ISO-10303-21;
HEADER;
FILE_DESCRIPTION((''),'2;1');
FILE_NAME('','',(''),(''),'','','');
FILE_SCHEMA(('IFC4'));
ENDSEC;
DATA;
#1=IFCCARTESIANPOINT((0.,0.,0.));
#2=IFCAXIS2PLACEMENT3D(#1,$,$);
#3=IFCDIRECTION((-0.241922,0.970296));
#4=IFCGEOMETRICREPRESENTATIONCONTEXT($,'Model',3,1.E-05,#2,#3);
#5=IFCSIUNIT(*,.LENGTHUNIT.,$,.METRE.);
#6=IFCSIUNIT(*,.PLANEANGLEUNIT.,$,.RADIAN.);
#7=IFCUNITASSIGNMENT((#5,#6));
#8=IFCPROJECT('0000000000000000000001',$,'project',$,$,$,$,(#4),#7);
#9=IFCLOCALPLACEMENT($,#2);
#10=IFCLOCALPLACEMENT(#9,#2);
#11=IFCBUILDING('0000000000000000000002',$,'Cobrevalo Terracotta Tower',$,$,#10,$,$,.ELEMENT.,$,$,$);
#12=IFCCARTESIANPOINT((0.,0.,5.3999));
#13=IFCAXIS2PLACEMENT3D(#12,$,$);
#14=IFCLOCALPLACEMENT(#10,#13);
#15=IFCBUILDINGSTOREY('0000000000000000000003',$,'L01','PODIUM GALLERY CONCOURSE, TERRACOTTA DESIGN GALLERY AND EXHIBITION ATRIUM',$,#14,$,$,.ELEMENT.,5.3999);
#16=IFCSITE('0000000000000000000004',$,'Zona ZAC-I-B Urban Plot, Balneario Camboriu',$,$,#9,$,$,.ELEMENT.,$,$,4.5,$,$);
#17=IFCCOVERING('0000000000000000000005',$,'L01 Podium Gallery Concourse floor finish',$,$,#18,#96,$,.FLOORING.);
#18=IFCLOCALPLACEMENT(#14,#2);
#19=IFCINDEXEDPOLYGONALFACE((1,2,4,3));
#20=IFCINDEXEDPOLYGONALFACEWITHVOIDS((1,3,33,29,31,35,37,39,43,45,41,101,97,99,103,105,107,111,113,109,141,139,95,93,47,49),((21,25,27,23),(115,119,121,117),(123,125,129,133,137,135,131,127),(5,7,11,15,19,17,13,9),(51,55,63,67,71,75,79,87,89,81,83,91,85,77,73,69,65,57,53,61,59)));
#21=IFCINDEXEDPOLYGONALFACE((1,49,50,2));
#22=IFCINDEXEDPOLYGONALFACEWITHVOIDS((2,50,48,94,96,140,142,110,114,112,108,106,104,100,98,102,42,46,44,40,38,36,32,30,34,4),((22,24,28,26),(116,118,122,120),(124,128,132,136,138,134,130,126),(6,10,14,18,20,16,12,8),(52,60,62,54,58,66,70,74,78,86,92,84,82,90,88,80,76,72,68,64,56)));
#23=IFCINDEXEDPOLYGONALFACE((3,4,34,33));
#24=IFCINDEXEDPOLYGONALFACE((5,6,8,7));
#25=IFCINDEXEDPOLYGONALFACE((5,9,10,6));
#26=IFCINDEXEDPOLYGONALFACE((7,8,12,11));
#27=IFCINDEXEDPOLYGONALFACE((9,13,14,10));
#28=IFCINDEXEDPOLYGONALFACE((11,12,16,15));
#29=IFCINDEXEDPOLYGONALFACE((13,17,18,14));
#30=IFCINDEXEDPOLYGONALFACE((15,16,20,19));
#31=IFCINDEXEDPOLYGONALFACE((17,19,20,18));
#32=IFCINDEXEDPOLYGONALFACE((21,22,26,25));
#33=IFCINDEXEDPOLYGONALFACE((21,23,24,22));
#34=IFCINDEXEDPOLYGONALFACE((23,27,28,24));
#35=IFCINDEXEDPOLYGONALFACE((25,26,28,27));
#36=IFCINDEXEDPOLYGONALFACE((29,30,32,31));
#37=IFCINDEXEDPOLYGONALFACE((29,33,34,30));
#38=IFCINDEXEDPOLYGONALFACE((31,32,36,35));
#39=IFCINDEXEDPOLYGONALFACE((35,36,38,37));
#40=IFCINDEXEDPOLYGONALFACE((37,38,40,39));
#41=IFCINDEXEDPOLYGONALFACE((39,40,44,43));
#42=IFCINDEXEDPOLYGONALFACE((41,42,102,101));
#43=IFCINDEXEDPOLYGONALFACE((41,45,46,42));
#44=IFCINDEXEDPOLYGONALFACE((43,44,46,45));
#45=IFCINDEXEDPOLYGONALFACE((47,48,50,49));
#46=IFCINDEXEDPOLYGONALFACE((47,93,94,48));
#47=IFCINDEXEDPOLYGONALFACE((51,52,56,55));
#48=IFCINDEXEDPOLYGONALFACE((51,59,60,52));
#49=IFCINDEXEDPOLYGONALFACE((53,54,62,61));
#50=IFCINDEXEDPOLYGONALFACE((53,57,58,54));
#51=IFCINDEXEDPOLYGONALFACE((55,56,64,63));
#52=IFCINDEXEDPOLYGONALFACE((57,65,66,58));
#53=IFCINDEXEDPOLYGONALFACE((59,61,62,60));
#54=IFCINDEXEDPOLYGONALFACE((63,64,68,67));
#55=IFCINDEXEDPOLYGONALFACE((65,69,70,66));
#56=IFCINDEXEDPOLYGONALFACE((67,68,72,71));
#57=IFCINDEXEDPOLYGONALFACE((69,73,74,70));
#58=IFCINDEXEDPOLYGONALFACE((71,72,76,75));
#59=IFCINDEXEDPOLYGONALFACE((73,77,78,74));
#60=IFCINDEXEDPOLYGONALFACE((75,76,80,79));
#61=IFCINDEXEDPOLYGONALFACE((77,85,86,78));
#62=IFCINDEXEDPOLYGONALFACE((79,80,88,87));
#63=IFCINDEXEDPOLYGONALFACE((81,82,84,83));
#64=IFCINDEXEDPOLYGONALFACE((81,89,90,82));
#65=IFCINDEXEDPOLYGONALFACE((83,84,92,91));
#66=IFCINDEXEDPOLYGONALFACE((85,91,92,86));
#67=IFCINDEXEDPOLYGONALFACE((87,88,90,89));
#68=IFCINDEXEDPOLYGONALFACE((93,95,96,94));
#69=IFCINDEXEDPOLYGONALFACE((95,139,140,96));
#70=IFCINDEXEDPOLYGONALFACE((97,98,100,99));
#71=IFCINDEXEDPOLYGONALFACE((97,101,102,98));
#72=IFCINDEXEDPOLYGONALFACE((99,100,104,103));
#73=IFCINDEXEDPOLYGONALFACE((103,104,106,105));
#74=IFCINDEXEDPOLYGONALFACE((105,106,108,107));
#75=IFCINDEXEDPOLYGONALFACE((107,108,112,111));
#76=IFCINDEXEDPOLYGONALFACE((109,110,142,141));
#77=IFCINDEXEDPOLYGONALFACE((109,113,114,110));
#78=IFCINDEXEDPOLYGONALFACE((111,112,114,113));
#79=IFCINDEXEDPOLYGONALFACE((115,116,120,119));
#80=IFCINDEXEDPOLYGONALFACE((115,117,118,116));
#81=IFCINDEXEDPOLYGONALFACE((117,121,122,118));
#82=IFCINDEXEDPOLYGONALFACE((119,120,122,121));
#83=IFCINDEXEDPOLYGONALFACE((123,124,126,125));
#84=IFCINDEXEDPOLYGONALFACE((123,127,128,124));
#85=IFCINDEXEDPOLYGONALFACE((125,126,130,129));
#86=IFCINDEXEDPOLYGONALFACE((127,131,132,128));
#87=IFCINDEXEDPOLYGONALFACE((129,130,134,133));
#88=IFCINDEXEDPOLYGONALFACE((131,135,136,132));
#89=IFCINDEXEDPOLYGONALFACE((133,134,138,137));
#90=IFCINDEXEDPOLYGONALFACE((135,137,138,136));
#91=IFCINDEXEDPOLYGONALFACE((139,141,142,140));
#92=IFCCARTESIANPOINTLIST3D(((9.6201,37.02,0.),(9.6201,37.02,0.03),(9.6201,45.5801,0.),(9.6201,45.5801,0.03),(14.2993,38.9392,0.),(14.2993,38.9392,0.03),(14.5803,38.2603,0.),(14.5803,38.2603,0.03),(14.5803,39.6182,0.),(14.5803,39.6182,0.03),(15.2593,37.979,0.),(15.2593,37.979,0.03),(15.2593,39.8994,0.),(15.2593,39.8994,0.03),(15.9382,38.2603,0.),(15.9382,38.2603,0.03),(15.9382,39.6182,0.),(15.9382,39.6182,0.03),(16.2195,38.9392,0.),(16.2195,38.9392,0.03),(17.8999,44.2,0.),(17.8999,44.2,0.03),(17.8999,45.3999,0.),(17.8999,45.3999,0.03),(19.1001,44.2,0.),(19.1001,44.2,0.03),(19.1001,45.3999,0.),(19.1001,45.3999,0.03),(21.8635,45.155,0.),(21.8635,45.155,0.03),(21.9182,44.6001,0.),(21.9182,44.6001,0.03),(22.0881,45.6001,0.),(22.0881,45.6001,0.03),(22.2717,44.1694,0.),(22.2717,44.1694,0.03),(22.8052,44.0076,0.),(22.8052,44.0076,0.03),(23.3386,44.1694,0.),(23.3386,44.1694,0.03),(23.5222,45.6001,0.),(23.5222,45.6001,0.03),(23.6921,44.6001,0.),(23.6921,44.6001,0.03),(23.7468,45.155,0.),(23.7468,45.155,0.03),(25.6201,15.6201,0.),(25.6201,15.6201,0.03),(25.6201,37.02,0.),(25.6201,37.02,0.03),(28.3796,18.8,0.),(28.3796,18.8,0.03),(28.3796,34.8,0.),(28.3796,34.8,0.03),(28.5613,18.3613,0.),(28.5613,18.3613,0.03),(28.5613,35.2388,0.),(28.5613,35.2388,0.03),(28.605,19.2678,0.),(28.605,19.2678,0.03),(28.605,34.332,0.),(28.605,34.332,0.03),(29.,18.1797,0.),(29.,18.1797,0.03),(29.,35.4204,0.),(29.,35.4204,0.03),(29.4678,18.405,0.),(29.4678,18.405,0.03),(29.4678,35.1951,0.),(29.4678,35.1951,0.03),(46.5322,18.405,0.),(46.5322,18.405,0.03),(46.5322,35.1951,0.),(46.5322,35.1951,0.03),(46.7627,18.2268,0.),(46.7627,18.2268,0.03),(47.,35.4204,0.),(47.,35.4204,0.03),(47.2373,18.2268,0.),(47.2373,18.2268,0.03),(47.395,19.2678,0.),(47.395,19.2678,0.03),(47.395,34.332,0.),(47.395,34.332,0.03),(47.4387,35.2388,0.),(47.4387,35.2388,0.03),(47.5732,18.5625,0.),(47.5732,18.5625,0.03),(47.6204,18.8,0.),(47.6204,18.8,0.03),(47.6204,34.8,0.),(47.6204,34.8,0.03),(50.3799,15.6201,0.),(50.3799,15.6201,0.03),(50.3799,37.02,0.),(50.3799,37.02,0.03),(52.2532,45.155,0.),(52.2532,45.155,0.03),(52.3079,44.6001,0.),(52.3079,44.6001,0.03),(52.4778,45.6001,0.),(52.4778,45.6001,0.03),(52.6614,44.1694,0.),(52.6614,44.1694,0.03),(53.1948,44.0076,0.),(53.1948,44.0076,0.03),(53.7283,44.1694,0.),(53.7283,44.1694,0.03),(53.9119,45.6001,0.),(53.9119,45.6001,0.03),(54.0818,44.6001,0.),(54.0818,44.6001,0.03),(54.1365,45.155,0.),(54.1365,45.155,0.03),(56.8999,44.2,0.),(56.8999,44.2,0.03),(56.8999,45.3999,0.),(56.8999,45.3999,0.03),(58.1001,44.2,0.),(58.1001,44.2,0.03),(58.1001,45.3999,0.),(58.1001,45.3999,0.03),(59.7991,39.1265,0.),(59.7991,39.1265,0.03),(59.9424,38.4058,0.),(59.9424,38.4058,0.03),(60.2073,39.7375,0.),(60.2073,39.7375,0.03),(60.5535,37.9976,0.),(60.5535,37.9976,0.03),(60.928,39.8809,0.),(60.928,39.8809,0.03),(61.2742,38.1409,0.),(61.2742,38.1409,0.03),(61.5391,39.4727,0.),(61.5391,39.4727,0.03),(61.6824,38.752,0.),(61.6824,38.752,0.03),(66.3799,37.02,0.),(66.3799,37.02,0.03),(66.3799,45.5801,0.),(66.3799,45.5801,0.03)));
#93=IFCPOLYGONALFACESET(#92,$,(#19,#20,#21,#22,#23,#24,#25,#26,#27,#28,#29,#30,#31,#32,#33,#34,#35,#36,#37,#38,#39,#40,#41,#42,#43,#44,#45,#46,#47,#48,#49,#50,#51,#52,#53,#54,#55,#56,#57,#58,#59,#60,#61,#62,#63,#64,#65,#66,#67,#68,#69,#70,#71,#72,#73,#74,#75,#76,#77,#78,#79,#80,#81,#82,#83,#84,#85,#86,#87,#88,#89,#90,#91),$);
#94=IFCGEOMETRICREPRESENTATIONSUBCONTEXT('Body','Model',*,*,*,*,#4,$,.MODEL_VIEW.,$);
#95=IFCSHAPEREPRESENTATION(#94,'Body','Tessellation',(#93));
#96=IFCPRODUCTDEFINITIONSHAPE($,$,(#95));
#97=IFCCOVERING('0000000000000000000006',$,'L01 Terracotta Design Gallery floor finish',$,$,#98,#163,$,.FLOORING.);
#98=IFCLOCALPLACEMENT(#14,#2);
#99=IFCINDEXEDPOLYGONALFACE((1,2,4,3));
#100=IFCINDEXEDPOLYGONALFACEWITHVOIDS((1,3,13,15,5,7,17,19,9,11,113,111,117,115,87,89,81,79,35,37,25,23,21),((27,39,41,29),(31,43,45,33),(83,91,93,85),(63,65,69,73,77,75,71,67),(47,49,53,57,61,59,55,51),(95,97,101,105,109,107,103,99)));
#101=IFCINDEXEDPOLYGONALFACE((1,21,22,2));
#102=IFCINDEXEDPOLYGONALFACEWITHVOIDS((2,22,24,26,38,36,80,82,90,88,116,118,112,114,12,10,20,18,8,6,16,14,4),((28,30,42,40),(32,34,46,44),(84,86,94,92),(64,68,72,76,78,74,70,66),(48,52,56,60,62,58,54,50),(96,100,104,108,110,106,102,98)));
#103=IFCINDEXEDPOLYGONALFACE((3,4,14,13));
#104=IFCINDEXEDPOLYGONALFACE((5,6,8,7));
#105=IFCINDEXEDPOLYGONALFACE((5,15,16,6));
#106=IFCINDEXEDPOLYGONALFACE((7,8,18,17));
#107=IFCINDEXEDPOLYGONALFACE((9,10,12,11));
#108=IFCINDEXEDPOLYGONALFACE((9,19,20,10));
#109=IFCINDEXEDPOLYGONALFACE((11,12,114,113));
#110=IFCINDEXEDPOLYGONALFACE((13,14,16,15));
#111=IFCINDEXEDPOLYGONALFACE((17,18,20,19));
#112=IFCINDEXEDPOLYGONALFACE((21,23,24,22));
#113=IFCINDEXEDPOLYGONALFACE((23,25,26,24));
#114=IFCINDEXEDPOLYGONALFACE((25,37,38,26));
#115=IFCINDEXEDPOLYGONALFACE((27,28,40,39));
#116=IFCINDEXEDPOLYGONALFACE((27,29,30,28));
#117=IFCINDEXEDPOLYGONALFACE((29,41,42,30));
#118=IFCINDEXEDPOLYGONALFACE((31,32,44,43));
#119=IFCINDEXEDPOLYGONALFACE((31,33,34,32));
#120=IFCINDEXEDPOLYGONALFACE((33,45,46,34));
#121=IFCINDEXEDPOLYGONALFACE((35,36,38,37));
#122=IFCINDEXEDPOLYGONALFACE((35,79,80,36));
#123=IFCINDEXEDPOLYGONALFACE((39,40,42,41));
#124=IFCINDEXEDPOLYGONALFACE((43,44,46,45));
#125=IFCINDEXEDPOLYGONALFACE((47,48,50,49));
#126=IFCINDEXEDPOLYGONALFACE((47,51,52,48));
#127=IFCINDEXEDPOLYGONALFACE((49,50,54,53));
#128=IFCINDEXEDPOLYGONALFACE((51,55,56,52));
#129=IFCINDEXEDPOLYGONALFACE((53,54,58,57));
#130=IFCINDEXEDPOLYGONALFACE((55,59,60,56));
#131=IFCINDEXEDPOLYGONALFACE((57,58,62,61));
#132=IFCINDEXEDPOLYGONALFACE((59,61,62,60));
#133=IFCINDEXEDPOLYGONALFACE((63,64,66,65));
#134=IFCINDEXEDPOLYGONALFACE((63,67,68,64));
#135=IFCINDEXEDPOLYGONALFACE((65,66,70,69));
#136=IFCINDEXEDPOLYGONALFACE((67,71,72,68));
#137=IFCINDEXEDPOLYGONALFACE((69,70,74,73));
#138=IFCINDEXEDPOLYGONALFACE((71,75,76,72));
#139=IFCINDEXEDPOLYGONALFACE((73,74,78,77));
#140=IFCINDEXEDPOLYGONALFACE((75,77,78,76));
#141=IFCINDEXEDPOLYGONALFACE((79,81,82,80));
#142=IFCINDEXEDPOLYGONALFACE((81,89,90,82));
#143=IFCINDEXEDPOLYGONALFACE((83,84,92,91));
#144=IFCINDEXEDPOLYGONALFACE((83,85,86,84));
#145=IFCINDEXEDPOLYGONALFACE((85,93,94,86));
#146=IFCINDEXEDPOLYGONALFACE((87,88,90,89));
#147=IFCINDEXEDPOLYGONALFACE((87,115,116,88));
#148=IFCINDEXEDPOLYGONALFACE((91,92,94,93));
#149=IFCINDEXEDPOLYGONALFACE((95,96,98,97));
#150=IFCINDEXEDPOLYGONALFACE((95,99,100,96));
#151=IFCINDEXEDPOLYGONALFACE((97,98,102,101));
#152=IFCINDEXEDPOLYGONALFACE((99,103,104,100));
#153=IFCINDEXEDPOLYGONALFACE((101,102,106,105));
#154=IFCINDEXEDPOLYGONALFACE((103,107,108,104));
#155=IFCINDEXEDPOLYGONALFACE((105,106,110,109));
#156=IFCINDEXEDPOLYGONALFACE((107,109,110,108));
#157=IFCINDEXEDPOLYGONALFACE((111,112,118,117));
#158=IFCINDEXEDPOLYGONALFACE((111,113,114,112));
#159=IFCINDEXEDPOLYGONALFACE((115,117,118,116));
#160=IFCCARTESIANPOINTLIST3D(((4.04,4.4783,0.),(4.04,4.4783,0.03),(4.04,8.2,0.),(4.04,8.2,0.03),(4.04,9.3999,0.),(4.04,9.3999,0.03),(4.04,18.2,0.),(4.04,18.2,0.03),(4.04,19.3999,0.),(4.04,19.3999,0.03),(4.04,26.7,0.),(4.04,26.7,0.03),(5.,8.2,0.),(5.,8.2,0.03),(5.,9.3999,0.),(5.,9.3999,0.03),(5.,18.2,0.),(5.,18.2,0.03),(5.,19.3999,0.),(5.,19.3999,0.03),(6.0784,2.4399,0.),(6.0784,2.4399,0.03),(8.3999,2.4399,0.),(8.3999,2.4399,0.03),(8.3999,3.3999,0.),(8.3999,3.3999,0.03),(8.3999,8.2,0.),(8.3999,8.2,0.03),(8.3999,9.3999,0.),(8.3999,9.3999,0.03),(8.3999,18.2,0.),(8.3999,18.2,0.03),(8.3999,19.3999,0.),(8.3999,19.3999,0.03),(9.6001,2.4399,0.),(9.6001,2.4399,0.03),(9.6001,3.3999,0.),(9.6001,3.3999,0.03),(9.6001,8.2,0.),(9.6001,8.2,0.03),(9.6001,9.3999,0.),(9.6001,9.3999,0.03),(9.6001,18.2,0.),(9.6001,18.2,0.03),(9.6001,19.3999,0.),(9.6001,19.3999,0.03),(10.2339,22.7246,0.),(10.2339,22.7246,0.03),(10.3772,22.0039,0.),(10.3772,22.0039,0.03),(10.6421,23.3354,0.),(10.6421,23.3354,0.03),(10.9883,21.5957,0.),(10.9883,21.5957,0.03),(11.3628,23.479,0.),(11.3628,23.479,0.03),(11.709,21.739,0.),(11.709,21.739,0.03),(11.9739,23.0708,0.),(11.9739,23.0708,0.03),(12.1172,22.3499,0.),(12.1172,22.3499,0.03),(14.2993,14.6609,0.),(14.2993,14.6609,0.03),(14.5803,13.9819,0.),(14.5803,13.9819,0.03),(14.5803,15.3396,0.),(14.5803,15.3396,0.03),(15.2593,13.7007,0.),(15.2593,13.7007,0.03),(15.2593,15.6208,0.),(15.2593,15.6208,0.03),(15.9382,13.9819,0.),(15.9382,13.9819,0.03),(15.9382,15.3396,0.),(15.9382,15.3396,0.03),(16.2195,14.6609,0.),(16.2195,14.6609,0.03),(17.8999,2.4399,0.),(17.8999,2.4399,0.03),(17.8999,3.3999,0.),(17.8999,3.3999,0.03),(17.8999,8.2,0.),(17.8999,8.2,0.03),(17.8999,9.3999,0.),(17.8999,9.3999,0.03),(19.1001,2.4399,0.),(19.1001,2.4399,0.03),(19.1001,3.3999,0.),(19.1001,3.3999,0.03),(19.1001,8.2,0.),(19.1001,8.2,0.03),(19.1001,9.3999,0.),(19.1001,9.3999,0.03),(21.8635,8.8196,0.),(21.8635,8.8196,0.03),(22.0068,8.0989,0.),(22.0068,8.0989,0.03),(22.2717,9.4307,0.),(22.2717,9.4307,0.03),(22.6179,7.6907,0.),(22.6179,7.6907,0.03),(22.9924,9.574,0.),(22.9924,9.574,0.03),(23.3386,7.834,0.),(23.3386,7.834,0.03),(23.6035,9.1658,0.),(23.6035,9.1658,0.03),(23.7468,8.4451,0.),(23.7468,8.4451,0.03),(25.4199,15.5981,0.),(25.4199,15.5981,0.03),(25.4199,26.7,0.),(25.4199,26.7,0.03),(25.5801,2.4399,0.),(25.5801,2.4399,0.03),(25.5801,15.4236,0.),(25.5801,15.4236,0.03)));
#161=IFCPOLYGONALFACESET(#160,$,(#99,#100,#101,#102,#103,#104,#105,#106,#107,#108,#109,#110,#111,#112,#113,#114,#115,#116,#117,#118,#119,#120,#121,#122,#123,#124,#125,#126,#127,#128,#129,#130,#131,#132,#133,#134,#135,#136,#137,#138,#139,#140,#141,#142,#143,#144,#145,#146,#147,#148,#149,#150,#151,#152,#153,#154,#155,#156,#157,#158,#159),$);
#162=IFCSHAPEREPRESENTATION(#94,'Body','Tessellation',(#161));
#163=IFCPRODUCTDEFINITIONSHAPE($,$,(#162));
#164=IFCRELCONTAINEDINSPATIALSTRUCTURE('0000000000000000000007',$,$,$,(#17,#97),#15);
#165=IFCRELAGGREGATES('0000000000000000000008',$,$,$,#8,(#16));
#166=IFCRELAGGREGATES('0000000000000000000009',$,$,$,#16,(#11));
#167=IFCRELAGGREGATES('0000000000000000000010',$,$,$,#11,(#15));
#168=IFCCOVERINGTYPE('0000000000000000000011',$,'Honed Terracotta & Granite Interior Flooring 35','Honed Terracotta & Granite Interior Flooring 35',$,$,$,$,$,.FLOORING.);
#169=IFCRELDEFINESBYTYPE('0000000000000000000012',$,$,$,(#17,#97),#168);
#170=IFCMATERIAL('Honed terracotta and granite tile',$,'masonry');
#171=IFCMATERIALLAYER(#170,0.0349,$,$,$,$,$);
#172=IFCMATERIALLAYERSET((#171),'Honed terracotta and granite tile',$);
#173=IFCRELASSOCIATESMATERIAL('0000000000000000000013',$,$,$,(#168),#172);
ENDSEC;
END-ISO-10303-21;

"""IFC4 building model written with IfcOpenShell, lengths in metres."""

from ifc_helpers import new_model, si_unit, direction, frame, origin, place, context, subcontext, project, spatial, polyline, outline, extrude, material, layer, layer_set, type_object, element, save


model = new_model("IFC4")

# Units and contexts
model_context = context("Model", 3, precision=1e-05, world=origin(), true_north=direction((-0.241922, 0.970296)))
body_context = subcontext(model_context, "Body", "Model", "MODEL_VIEW")
ifc_project = project(units=[si_unit("LENGTHUNIT", "METRE"), si_unit("PLANEANGLEUNIT", "RADIAN")], contexts=[model_context])

# Site, building, storey
site_placement = place(None, origin())
site = spatial("IfcSite", under=ifc_project, at=site_placement, Name="Zona ZAC-I-B Urban Plot, Balneario Camboriu", CompositionType="ELEMENT", RefElevation=4.5)
building_placement = place(site_placement, origin())
building = spatial("IfcBuilding", under=site, at=building_placement, Name="Cobrevalo Terracotta Tower", CompositionType="ELEMENT")
storey_placement = place(building_placement, frame((0.0, 0.0, 5.3999)))
storey = spatial("IfcBuildingStorey", under=building, at=storey_placement, Name="L01", Description="PODIUM GALLERY CONCOURSE, TERRACOTTA DESIGN GALLERY AND EXHIBITION ATRIUM", CompositionType="ELEMENT", Elevation=5.3999)

# Coverings
ifc_material_1 = material(Name="Honed terracotta and granite tile", Category="masonry")
ifc_layer_1 = layer(ifc_material_1, 0.0349)
ifc_layer_set_1 = layer_set([ifc_layer_1], Name="Honed terracotta and granite tile")
covering_type_1 = type_object("IfcCoveringType", Name="Honed Terracotta & Granite Interior Flooring 35", Description="Honed Terracotta & Granite Interior Flooring 35", PredefinedType="FLOORING", material=ifc_layer_set_1)
covering_1_placement = place(storey_placement, origin())
element("IfcCovering", 1, at=covering_1_placement, inside=storey, type_object=covering_type_1, Name="L01 Podium Gallery Concourse floor finish", PredefinedType="FLOORING", context=body_context, shape_type="SweptSolid", body=[
    extrude(outline(polyline([(9.6201, 45.5801), (22.0881, 45.6001), (21.8635, 45.155), (21.9182, 44.6001), (22.2717, 44.1694), (22.8052, 44.0076), (23.3386, 44.1694), (23.6921, 44.6001), (23.7468, 45.155), (23.5222, 45.6001), (52.4778, 45.6001), (52.2532, 45.155), (52.3079, 44.6001), (52.6614, 44.1694), (53.1948, 44.0076), (53.7283, 44.1694), (54.0818, 44.6001), (54.1365, 45.155), (53.9119, 45.6001), (66.3799, 45.5801), (66.3799, 37.02), (50.3799, 37.02), (50.3799, 15.6201), (25.6201, 15.6201), (25.6201, 37.02), (9.6201, 37.02), (9.6201, 45.5801)]), holes=[polyline([(61.2742, 38.1409), (61.6824, 38.752), (61.5391, 39.4727), (60.928, 39.8809), (60.2073, 39.7375), (59.7991, 39.1265), (59.9424, 38.4058), (60.5535, 37.9976), (61.2742, 38.1409)]), polyline([(56.8999, 45.3999), (56.8999, 44.2), (58.1001, 44.2), (58.1001, 45.3999), (56.8999, 45.3999)]), polyline([(46.5322, 18.405), (46.7627, 18.2268), (47.2373, 18.2268), (47.5732, 18.5625), (47.6204, 18.8), (47.395, 19.2678), (47.395, 34.332), (47.6204, 34.8), (47.4387, 35.2388), (47.0, 35.4204), (46.5322, 35.1951), (29.4678, 35.1951), (29.0, 35.4204), (28.5613, 35.2388), (28.3796, 34.8), (28.605, 34.332), (28.605, 19.2678), (28.3796, 18.8), (28.5613, 18.3613), (29.0, 18.1797), (29.4678, 18.405), (46.5322, 18.405)]), polyline([(17.8999, 44.2), (19.1001, 44.2), (19.1001, 45.3999), (17.8999, 45.3999), (17.8999, 44.2)]), polyline([(15.9382, 38.2603), (16.2195, 38.9392), (15.9382, 39.6182), (15.2593, 39.8994), (14.5803, 39.6182), (14.2993, 38.9392), (14.5803, 38.2603), (15.2593, 37.979), (15.9382, 38.2603)])]), origin(), (0.0, 0.0, 1.0), 0.03),
])
covering_2_placement = place(storey_placement, origin())
element("IfcCovering", 2, at=covering_2_placement, inside=storey, type_object=covering_type_1, Name="L01 Terracotta Design Gallery floor finish", PredefinedType="FLOORING", context=body_context, shape_type="SweptSolid", body=[
    extrude(outline(polyline([(4.04, 4.4783), (4.04, 8.2), (5.0, 8.2), (5.0, 9.3999), (4.04, 9.3999), (4.04, 18.2), (5.0, 18.2), (5.0, 19.3999), (4.04, 19.3999), (4.04, 26.7), (25.4199, 26.7), (25.4199, 15.5981), (25.5801, 15.4236), (25.5801, 2.4399), (19.1001, 2.4399), (19.1001, 3.3999), (17.8999, 3.3999), (17.8999, 2.4399), (9.6001, 2.4399), (9.6001, 3.3999), (8.3999, 3.3999), (8.3999, 2.4399), (6.0784, 2.4399), (4.04, 4.4783)]), holes=[polyline([(23.3386, 7.834), (23.7468, 8.4451), (23.6035, 9.1658), (22.9924, 9.574), (22.2717, 9.4307), (21.8635, 8.8196), (22.0068, 8.0989), (22.6179, 7.6907), (23.3386, 7.834)]), polyline([(17.8999, 9.3999), (17.8999, 8.2), (19.1001, 8.2), (19.1001, 9.3999), (17.8999, 9.3999)]), polyline([(15.9382, 13.9819), (16.2195, 14.6609), (15.9382, 15.3396), (15.2593, 15.6208), (14.5803, 15.3396), (14.2993, 14.6609), (14.5803, 13.9819), (15.2593, 13.7007), (15.9382, 13.9819)]), polyline([(11.709, 21.739), (12.1172, 22.3499), (11.9739, 23.0708), (11.3628, 23.479), (10.6421, 23.3354), (10.2339, 22.7246), (10.3772, 22.0039), (10.9883, 21.5957), (11.709, 21.739)]), polyline([(8.3999, 9.3999), (8.3999, 8.2), (9.6001, 8.2), (9.6001, 9.3999), (8.3999, 9.3999)]), polyline([(8.3999, 19.3999), (8.3999, 18.2), (9.6001, 18.2), (9.6001, 19.3999), (8.3999, 19.3999)])]), origin(), (0.0, 0.0, 1.0), 0.03),
])

save(model, "model.ifc")
